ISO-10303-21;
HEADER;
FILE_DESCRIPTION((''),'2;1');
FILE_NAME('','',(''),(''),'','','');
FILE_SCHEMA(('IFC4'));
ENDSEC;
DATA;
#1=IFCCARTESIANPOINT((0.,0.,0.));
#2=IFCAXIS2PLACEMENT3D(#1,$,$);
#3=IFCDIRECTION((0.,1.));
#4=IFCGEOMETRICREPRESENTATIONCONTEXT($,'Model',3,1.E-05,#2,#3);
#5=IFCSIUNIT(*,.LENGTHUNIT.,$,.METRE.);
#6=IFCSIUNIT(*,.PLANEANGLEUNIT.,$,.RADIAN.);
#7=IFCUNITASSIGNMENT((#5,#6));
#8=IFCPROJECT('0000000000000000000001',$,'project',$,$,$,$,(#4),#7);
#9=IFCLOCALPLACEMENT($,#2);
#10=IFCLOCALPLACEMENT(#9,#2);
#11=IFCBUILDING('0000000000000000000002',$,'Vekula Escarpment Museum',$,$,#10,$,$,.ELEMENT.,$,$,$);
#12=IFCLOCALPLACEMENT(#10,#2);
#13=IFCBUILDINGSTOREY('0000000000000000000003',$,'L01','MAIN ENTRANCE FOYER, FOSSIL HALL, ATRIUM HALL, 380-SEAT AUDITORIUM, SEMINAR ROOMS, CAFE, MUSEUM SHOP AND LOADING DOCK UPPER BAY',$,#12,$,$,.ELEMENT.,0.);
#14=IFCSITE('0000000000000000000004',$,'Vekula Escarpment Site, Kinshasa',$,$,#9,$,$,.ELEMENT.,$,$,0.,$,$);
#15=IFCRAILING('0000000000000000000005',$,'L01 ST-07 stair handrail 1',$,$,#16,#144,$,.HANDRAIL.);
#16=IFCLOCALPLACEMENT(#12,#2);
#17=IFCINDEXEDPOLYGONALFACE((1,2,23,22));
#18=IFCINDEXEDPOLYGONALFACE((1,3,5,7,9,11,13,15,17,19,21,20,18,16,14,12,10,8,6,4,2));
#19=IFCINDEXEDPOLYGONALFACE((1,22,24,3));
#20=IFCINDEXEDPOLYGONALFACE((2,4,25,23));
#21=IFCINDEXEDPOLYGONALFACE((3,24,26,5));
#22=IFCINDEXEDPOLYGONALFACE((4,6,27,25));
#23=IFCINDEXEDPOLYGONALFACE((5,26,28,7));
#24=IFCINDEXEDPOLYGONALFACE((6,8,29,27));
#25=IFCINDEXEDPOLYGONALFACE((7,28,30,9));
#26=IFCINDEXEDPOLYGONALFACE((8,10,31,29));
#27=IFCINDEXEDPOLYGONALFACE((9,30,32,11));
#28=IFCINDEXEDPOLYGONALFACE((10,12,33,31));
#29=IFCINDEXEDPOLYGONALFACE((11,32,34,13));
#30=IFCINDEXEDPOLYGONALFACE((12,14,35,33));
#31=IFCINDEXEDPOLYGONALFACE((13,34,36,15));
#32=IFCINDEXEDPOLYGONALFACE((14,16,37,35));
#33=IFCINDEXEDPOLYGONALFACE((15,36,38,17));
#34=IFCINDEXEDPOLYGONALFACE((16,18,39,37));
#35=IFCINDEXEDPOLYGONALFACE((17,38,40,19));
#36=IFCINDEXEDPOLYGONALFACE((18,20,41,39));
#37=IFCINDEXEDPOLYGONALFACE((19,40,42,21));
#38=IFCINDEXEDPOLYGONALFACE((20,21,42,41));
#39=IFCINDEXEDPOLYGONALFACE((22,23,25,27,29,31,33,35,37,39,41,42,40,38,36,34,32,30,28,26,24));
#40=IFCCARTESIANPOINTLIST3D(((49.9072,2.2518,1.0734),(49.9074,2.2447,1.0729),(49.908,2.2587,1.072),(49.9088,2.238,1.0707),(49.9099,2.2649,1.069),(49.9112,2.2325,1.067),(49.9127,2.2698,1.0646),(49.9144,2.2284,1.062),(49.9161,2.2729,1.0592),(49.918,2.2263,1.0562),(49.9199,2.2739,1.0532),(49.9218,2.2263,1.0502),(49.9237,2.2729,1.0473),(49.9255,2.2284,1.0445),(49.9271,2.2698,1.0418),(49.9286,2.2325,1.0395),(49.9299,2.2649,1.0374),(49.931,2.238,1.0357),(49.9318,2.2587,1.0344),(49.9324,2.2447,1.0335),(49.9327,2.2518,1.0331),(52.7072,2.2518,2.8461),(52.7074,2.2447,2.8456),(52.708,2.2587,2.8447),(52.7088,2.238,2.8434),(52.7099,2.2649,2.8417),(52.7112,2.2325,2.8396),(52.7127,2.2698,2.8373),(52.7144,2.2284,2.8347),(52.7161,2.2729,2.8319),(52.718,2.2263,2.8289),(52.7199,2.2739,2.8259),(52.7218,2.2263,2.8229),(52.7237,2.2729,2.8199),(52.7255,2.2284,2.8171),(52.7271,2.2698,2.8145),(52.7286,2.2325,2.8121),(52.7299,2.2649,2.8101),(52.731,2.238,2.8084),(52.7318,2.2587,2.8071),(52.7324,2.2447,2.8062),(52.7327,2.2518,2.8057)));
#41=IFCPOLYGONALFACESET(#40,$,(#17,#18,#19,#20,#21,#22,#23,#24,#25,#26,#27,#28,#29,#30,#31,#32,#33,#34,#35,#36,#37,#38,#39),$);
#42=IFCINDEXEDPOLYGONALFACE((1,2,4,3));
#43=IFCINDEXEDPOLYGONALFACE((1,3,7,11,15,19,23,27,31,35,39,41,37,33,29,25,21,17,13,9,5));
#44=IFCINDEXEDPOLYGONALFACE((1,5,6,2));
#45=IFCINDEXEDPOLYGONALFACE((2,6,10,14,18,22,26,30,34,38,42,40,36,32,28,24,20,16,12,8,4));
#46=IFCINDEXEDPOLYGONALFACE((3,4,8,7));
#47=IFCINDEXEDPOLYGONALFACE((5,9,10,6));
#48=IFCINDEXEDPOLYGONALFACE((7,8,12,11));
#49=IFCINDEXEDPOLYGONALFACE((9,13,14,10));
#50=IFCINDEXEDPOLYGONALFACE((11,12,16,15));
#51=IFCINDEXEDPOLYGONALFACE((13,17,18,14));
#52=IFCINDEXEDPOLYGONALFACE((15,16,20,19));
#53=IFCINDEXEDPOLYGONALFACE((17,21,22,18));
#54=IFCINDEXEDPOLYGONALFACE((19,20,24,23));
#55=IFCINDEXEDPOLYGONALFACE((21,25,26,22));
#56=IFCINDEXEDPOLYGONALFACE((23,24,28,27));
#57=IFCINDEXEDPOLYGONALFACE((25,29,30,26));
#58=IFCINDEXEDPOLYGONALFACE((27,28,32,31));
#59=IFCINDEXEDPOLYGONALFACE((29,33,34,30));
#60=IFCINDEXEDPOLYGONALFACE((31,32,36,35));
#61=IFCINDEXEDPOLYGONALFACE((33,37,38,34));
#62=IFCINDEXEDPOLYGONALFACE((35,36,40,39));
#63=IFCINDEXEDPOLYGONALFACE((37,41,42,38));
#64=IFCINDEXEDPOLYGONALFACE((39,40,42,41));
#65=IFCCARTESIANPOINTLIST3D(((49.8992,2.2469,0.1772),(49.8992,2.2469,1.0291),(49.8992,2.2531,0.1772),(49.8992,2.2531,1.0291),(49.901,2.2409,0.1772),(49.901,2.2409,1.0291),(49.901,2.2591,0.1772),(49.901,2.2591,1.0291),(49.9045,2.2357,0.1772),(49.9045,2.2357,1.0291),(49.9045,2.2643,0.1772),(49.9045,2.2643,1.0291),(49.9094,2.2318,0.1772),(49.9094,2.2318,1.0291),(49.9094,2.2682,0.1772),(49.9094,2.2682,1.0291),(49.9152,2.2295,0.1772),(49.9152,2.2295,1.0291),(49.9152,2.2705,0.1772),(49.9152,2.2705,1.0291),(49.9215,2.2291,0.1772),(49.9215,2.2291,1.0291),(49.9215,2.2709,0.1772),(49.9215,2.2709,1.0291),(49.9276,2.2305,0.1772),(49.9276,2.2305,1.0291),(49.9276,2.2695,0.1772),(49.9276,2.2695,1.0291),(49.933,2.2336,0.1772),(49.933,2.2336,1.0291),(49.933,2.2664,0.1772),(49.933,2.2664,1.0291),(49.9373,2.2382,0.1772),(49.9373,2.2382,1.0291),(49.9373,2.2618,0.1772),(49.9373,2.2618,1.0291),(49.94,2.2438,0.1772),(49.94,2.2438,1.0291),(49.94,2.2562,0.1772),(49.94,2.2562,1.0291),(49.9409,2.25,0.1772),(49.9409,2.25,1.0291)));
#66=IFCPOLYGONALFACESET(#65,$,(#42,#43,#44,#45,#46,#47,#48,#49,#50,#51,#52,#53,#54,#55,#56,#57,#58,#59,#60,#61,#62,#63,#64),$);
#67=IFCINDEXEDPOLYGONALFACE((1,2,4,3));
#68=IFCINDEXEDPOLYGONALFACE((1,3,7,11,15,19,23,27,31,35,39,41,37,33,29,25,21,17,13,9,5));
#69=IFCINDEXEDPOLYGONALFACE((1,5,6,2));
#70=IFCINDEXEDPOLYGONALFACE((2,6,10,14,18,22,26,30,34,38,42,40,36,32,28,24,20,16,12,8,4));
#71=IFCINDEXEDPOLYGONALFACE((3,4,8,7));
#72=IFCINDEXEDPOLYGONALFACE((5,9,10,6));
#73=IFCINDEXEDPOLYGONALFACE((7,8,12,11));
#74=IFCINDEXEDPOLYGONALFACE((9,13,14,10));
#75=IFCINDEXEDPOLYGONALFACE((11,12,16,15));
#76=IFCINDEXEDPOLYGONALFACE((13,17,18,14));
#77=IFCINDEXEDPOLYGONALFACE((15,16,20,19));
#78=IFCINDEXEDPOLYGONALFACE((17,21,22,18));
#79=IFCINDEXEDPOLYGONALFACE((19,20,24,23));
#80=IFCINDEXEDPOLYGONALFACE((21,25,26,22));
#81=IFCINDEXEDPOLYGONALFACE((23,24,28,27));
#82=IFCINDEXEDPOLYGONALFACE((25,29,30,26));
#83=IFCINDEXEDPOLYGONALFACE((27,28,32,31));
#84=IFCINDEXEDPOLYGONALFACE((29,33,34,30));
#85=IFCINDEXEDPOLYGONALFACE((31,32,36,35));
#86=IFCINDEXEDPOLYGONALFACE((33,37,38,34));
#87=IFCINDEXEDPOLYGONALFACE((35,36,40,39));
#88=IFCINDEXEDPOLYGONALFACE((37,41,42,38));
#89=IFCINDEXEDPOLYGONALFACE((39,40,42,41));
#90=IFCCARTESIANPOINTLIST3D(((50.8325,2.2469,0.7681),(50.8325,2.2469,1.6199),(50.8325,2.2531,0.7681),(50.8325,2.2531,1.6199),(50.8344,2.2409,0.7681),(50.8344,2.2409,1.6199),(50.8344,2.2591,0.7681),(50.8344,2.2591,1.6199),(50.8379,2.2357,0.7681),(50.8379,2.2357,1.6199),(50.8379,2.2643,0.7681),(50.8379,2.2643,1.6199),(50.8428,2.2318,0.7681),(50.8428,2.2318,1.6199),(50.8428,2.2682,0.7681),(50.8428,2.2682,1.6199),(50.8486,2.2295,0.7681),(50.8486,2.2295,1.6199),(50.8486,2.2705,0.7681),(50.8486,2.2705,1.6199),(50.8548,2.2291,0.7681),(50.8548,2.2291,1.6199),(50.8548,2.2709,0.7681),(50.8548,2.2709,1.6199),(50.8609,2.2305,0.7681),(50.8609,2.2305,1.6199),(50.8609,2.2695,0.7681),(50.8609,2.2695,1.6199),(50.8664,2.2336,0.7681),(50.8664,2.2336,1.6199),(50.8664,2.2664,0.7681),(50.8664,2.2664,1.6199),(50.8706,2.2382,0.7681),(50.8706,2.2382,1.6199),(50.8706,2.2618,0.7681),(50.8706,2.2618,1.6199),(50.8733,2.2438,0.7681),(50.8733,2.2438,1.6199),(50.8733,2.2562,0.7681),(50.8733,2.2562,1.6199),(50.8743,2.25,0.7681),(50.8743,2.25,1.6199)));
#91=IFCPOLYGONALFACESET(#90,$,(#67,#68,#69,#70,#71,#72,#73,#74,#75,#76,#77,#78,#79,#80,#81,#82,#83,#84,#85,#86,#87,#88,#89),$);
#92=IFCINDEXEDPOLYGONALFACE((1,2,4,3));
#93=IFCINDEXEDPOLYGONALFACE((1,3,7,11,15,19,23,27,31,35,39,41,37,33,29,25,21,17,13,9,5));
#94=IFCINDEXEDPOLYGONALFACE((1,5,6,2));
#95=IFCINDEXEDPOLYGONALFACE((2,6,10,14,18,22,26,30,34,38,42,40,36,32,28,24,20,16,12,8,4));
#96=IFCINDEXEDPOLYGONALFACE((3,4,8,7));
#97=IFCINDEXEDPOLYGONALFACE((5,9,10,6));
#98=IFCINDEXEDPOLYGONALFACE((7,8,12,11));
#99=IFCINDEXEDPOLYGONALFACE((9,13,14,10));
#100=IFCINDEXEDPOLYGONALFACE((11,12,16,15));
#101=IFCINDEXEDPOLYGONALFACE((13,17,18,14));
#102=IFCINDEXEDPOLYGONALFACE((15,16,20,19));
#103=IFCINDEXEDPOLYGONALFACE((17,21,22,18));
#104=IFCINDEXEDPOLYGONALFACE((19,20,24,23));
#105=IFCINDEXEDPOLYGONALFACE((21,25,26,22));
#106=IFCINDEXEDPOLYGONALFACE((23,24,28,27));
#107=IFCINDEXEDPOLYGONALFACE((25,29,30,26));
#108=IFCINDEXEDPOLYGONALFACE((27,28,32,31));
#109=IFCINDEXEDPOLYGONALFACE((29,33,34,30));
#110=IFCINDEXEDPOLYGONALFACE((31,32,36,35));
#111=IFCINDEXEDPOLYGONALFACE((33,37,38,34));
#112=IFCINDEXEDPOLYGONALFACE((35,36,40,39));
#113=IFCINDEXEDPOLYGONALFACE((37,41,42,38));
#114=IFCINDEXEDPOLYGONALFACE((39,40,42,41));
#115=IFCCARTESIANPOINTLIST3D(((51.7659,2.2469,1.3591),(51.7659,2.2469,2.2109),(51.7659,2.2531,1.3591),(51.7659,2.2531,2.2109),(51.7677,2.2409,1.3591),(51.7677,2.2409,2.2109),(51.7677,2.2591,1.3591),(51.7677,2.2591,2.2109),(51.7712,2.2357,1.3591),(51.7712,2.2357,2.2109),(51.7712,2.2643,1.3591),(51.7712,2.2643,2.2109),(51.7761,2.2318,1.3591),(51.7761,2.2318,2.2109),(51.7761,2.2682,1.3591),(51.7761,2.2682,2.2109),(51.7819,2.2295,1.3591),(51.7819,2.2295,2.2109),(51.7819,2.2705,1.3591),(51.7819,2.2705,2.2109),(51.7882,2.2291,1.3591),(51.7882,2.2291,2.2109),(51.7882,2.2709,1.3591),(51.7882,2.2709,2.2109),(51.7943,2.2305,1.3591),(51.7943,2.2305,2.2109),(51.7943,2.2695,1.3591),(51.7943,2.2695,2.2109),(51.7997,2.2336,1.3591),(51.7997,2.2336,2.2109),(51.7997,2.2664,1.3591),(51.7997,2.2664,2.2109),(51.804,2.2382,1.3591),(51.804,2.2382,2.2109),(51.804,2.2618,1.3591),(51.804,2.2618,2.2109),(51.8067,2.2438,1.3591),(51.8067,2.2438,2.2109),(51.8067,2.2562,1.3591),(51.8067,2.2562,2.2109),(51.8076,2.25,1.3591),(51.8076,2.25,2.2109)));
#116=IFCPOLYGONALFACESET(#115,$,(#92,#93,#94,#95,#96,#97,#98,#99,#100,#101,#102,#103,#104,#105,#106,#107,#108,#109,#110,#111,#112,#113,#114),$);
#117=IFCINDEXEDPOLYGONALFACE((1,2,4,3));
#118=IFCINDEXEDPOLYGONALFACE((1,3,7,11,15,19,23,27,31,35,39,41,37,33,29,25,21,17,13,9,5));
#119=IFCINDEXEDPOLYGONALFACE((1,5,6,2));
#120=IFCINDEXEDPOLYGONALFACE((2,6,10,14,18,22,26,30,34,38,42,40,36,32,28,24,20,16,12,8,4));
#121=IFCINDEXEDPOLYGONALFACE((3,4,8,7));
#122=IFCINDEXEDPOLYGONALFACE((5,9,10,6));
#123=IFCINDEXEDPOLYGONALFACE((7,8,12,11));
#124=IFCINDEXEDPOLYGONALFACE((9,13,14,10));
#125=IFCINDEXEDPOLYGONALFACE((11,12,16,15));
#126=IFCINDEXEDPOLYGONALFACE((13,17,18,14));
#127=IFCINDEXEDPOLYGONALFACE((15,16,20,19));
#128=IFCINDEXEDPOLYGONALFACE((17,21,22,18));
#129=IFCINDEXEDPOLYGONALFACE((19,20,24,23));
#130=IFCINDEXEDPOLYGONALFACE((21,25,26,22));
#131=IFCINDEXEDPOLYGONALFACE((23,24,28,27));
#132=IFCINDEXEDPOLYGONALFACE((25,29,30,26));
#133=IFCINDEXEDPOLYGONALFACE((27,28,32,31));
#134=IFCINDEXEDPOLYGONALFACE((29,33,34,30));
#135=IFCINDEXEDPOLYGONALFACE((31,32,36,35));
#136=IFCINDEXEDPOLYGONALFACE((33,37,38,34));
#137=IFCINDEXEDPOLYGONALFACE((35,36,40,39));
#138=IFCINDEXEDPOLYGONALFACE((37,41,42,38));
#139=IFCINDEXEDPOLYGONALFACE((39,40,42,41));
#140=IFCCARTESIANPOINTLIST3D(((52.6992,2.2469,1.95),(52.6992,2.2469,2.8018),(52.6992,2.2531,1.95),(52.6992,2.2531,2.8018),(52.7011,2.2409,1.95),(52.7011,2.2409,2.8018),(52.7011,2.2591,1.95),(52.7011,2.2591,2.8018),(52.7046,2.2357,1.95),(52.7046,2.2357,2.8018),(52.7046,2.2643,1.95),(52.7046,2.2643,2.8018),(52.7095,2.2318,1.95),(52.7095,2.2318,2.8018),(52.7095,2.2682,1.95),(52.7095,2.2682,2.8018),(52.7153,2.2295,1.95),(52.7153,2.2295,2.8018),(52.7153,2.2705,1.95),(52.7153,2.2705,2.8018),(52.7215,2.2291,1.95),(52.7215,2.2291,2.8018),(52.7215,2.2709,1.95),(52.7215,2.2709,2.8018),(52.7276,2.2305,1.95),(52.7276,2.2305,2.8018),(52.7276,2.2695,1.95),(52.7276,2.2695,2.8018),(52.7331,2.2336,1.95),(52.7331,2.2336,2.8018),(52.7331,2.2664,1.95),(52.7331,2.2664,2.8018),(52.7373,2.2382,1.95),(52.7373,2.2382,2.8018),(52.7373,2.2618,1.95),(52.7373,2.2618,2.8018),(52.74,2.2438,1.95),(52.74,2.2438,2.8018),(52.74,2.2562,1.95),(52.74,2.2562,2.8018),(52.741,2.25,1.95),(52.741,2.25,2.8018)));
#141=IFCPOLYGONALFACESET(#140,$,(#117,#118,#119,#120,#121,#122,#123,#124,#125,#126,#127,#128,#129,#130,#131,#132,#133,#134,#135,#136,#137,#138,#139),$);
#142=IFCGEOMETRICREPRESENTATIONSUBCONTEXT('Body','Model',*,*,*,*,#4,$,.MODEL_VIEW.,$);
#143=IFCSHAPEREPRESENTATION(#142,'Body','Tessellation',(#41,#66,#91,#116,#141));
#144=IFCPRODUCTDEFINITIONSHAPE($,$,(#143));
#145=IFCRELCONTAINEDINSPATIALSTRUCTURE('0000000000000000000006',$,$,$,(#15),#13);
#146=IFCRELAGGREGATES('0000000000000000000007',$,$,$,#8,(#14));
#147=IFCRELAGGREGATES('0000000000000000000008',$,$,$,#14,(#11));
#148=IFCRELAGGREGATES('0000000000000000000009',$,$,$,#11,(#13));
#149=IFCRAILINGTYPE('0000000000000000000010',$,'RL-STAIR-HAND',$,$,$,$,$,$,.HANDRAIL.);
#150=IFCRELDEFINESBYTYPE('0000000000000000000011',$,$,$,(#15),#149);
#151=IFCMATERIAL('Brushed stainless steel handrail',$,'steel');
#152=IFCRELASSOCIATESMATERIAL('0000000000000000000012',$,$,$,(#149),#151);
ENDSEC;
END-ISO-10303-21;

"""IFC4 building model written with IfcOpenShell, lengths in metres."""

from ifc_helpers import new_model, si_unit, direction, frame, origin, origin_2d, place, context, subcontext, project, spatial, circle, extrude, material, type_object, element, save


model = new_model("IFC4")

# Units and contexts
model_context = context("Model", 3, precision=1e-05, world=origin(), true_north=direction((0.0, 1.0)))
body_context = subcontext(model_context, "Body", "Model", "MODEL_VIEW")
ifc_project = project(units=[si_unit("LENGTHUNIT", "METRE"), si_unit("PLANEANGLEUNIT", "RADIAN")], contexts=[model_context])

# Site, building, storey
site_placement = place(None, origin())
site = spatial("IfcSite", under=ifc_project, at=site_placement, Name="Vekula Escarpment Site, Kinshasa", CompositionType="ELEMENT", RefElevation=0.0)
building_placement = place(site_placement, origin())
building = spatial("IfcBuilding", under=site, at=building_placement, Name="Vekula Escarpment Museum", CompositionType="ELEMENT")
storey_placement = place(building_placement, origin())
storey = spatial("IfcBuildingStorey", under=building, at=storey_placement, Name="L01", Description="MAIN ENTRANCE FOYER, FOSSIL HALL, ATRIUM HALL, 380-SEAT AUDITORIUM, SEMINAR ROOMS, CAFE, MUSEUM SHOP AND LOADING DOCK UPPER BAY", CompositionType="ELEMENT", Elevation=0.0)

# Railing
ifc_material_1 = material(Name="Brushed stainless steel handrail", Category="steel")
railing_type_1 = type_object("IfcRailingType", Name="RL-STAIR-HAND", PredefinedType="HANDRAIL", material=ifc_material_1)
for number, where, name in (
    (1, (49.9199, 2.25, 0.1772), "L01 ST-07 stair handrail 1"),
):
    element("IfcRailing", number, at=place(storey_placement, frame(where)), inside=storey, type_object=railing_type_1, Name=name, PredefinedType="HANDRAIL", context=body_context, shape_type="SweptSolid", body=[
        extrude(circle(Radius=0.0239, at=origin_2d()), frame((0.0, 0.0, 0.876), z_axis=(0.844909, 0.0, 0.53491), x_axis=(0.0, 1.0, 0.0)), (0.0, 0.0, 1.0), 3.314),
        extrude(circle(Radius=0.021, at=origin_2d()), origin(), (0.0, 0.0, 1.0), 0.8518),
        extrude(circle(Radius=0.021, at=origin_2d()), frame((0.9333, 0.0, 0.5908)), (0.0, 0.0, 1.0), 0.8518),
        extrude(circle(Radius=0.021, at=origin_2d()), frame((1.8667, 0.0, 1.1819)), (0.0, 0.0, 1.0), 0.8518),
        extrude(circle(Radius=0.021, at=origin_2d()), frame((2.8, 0.0, 1.7727)), (0.0, 0.0, 1.0), 0.8518),
    ])

save(model, "model.ifc")
